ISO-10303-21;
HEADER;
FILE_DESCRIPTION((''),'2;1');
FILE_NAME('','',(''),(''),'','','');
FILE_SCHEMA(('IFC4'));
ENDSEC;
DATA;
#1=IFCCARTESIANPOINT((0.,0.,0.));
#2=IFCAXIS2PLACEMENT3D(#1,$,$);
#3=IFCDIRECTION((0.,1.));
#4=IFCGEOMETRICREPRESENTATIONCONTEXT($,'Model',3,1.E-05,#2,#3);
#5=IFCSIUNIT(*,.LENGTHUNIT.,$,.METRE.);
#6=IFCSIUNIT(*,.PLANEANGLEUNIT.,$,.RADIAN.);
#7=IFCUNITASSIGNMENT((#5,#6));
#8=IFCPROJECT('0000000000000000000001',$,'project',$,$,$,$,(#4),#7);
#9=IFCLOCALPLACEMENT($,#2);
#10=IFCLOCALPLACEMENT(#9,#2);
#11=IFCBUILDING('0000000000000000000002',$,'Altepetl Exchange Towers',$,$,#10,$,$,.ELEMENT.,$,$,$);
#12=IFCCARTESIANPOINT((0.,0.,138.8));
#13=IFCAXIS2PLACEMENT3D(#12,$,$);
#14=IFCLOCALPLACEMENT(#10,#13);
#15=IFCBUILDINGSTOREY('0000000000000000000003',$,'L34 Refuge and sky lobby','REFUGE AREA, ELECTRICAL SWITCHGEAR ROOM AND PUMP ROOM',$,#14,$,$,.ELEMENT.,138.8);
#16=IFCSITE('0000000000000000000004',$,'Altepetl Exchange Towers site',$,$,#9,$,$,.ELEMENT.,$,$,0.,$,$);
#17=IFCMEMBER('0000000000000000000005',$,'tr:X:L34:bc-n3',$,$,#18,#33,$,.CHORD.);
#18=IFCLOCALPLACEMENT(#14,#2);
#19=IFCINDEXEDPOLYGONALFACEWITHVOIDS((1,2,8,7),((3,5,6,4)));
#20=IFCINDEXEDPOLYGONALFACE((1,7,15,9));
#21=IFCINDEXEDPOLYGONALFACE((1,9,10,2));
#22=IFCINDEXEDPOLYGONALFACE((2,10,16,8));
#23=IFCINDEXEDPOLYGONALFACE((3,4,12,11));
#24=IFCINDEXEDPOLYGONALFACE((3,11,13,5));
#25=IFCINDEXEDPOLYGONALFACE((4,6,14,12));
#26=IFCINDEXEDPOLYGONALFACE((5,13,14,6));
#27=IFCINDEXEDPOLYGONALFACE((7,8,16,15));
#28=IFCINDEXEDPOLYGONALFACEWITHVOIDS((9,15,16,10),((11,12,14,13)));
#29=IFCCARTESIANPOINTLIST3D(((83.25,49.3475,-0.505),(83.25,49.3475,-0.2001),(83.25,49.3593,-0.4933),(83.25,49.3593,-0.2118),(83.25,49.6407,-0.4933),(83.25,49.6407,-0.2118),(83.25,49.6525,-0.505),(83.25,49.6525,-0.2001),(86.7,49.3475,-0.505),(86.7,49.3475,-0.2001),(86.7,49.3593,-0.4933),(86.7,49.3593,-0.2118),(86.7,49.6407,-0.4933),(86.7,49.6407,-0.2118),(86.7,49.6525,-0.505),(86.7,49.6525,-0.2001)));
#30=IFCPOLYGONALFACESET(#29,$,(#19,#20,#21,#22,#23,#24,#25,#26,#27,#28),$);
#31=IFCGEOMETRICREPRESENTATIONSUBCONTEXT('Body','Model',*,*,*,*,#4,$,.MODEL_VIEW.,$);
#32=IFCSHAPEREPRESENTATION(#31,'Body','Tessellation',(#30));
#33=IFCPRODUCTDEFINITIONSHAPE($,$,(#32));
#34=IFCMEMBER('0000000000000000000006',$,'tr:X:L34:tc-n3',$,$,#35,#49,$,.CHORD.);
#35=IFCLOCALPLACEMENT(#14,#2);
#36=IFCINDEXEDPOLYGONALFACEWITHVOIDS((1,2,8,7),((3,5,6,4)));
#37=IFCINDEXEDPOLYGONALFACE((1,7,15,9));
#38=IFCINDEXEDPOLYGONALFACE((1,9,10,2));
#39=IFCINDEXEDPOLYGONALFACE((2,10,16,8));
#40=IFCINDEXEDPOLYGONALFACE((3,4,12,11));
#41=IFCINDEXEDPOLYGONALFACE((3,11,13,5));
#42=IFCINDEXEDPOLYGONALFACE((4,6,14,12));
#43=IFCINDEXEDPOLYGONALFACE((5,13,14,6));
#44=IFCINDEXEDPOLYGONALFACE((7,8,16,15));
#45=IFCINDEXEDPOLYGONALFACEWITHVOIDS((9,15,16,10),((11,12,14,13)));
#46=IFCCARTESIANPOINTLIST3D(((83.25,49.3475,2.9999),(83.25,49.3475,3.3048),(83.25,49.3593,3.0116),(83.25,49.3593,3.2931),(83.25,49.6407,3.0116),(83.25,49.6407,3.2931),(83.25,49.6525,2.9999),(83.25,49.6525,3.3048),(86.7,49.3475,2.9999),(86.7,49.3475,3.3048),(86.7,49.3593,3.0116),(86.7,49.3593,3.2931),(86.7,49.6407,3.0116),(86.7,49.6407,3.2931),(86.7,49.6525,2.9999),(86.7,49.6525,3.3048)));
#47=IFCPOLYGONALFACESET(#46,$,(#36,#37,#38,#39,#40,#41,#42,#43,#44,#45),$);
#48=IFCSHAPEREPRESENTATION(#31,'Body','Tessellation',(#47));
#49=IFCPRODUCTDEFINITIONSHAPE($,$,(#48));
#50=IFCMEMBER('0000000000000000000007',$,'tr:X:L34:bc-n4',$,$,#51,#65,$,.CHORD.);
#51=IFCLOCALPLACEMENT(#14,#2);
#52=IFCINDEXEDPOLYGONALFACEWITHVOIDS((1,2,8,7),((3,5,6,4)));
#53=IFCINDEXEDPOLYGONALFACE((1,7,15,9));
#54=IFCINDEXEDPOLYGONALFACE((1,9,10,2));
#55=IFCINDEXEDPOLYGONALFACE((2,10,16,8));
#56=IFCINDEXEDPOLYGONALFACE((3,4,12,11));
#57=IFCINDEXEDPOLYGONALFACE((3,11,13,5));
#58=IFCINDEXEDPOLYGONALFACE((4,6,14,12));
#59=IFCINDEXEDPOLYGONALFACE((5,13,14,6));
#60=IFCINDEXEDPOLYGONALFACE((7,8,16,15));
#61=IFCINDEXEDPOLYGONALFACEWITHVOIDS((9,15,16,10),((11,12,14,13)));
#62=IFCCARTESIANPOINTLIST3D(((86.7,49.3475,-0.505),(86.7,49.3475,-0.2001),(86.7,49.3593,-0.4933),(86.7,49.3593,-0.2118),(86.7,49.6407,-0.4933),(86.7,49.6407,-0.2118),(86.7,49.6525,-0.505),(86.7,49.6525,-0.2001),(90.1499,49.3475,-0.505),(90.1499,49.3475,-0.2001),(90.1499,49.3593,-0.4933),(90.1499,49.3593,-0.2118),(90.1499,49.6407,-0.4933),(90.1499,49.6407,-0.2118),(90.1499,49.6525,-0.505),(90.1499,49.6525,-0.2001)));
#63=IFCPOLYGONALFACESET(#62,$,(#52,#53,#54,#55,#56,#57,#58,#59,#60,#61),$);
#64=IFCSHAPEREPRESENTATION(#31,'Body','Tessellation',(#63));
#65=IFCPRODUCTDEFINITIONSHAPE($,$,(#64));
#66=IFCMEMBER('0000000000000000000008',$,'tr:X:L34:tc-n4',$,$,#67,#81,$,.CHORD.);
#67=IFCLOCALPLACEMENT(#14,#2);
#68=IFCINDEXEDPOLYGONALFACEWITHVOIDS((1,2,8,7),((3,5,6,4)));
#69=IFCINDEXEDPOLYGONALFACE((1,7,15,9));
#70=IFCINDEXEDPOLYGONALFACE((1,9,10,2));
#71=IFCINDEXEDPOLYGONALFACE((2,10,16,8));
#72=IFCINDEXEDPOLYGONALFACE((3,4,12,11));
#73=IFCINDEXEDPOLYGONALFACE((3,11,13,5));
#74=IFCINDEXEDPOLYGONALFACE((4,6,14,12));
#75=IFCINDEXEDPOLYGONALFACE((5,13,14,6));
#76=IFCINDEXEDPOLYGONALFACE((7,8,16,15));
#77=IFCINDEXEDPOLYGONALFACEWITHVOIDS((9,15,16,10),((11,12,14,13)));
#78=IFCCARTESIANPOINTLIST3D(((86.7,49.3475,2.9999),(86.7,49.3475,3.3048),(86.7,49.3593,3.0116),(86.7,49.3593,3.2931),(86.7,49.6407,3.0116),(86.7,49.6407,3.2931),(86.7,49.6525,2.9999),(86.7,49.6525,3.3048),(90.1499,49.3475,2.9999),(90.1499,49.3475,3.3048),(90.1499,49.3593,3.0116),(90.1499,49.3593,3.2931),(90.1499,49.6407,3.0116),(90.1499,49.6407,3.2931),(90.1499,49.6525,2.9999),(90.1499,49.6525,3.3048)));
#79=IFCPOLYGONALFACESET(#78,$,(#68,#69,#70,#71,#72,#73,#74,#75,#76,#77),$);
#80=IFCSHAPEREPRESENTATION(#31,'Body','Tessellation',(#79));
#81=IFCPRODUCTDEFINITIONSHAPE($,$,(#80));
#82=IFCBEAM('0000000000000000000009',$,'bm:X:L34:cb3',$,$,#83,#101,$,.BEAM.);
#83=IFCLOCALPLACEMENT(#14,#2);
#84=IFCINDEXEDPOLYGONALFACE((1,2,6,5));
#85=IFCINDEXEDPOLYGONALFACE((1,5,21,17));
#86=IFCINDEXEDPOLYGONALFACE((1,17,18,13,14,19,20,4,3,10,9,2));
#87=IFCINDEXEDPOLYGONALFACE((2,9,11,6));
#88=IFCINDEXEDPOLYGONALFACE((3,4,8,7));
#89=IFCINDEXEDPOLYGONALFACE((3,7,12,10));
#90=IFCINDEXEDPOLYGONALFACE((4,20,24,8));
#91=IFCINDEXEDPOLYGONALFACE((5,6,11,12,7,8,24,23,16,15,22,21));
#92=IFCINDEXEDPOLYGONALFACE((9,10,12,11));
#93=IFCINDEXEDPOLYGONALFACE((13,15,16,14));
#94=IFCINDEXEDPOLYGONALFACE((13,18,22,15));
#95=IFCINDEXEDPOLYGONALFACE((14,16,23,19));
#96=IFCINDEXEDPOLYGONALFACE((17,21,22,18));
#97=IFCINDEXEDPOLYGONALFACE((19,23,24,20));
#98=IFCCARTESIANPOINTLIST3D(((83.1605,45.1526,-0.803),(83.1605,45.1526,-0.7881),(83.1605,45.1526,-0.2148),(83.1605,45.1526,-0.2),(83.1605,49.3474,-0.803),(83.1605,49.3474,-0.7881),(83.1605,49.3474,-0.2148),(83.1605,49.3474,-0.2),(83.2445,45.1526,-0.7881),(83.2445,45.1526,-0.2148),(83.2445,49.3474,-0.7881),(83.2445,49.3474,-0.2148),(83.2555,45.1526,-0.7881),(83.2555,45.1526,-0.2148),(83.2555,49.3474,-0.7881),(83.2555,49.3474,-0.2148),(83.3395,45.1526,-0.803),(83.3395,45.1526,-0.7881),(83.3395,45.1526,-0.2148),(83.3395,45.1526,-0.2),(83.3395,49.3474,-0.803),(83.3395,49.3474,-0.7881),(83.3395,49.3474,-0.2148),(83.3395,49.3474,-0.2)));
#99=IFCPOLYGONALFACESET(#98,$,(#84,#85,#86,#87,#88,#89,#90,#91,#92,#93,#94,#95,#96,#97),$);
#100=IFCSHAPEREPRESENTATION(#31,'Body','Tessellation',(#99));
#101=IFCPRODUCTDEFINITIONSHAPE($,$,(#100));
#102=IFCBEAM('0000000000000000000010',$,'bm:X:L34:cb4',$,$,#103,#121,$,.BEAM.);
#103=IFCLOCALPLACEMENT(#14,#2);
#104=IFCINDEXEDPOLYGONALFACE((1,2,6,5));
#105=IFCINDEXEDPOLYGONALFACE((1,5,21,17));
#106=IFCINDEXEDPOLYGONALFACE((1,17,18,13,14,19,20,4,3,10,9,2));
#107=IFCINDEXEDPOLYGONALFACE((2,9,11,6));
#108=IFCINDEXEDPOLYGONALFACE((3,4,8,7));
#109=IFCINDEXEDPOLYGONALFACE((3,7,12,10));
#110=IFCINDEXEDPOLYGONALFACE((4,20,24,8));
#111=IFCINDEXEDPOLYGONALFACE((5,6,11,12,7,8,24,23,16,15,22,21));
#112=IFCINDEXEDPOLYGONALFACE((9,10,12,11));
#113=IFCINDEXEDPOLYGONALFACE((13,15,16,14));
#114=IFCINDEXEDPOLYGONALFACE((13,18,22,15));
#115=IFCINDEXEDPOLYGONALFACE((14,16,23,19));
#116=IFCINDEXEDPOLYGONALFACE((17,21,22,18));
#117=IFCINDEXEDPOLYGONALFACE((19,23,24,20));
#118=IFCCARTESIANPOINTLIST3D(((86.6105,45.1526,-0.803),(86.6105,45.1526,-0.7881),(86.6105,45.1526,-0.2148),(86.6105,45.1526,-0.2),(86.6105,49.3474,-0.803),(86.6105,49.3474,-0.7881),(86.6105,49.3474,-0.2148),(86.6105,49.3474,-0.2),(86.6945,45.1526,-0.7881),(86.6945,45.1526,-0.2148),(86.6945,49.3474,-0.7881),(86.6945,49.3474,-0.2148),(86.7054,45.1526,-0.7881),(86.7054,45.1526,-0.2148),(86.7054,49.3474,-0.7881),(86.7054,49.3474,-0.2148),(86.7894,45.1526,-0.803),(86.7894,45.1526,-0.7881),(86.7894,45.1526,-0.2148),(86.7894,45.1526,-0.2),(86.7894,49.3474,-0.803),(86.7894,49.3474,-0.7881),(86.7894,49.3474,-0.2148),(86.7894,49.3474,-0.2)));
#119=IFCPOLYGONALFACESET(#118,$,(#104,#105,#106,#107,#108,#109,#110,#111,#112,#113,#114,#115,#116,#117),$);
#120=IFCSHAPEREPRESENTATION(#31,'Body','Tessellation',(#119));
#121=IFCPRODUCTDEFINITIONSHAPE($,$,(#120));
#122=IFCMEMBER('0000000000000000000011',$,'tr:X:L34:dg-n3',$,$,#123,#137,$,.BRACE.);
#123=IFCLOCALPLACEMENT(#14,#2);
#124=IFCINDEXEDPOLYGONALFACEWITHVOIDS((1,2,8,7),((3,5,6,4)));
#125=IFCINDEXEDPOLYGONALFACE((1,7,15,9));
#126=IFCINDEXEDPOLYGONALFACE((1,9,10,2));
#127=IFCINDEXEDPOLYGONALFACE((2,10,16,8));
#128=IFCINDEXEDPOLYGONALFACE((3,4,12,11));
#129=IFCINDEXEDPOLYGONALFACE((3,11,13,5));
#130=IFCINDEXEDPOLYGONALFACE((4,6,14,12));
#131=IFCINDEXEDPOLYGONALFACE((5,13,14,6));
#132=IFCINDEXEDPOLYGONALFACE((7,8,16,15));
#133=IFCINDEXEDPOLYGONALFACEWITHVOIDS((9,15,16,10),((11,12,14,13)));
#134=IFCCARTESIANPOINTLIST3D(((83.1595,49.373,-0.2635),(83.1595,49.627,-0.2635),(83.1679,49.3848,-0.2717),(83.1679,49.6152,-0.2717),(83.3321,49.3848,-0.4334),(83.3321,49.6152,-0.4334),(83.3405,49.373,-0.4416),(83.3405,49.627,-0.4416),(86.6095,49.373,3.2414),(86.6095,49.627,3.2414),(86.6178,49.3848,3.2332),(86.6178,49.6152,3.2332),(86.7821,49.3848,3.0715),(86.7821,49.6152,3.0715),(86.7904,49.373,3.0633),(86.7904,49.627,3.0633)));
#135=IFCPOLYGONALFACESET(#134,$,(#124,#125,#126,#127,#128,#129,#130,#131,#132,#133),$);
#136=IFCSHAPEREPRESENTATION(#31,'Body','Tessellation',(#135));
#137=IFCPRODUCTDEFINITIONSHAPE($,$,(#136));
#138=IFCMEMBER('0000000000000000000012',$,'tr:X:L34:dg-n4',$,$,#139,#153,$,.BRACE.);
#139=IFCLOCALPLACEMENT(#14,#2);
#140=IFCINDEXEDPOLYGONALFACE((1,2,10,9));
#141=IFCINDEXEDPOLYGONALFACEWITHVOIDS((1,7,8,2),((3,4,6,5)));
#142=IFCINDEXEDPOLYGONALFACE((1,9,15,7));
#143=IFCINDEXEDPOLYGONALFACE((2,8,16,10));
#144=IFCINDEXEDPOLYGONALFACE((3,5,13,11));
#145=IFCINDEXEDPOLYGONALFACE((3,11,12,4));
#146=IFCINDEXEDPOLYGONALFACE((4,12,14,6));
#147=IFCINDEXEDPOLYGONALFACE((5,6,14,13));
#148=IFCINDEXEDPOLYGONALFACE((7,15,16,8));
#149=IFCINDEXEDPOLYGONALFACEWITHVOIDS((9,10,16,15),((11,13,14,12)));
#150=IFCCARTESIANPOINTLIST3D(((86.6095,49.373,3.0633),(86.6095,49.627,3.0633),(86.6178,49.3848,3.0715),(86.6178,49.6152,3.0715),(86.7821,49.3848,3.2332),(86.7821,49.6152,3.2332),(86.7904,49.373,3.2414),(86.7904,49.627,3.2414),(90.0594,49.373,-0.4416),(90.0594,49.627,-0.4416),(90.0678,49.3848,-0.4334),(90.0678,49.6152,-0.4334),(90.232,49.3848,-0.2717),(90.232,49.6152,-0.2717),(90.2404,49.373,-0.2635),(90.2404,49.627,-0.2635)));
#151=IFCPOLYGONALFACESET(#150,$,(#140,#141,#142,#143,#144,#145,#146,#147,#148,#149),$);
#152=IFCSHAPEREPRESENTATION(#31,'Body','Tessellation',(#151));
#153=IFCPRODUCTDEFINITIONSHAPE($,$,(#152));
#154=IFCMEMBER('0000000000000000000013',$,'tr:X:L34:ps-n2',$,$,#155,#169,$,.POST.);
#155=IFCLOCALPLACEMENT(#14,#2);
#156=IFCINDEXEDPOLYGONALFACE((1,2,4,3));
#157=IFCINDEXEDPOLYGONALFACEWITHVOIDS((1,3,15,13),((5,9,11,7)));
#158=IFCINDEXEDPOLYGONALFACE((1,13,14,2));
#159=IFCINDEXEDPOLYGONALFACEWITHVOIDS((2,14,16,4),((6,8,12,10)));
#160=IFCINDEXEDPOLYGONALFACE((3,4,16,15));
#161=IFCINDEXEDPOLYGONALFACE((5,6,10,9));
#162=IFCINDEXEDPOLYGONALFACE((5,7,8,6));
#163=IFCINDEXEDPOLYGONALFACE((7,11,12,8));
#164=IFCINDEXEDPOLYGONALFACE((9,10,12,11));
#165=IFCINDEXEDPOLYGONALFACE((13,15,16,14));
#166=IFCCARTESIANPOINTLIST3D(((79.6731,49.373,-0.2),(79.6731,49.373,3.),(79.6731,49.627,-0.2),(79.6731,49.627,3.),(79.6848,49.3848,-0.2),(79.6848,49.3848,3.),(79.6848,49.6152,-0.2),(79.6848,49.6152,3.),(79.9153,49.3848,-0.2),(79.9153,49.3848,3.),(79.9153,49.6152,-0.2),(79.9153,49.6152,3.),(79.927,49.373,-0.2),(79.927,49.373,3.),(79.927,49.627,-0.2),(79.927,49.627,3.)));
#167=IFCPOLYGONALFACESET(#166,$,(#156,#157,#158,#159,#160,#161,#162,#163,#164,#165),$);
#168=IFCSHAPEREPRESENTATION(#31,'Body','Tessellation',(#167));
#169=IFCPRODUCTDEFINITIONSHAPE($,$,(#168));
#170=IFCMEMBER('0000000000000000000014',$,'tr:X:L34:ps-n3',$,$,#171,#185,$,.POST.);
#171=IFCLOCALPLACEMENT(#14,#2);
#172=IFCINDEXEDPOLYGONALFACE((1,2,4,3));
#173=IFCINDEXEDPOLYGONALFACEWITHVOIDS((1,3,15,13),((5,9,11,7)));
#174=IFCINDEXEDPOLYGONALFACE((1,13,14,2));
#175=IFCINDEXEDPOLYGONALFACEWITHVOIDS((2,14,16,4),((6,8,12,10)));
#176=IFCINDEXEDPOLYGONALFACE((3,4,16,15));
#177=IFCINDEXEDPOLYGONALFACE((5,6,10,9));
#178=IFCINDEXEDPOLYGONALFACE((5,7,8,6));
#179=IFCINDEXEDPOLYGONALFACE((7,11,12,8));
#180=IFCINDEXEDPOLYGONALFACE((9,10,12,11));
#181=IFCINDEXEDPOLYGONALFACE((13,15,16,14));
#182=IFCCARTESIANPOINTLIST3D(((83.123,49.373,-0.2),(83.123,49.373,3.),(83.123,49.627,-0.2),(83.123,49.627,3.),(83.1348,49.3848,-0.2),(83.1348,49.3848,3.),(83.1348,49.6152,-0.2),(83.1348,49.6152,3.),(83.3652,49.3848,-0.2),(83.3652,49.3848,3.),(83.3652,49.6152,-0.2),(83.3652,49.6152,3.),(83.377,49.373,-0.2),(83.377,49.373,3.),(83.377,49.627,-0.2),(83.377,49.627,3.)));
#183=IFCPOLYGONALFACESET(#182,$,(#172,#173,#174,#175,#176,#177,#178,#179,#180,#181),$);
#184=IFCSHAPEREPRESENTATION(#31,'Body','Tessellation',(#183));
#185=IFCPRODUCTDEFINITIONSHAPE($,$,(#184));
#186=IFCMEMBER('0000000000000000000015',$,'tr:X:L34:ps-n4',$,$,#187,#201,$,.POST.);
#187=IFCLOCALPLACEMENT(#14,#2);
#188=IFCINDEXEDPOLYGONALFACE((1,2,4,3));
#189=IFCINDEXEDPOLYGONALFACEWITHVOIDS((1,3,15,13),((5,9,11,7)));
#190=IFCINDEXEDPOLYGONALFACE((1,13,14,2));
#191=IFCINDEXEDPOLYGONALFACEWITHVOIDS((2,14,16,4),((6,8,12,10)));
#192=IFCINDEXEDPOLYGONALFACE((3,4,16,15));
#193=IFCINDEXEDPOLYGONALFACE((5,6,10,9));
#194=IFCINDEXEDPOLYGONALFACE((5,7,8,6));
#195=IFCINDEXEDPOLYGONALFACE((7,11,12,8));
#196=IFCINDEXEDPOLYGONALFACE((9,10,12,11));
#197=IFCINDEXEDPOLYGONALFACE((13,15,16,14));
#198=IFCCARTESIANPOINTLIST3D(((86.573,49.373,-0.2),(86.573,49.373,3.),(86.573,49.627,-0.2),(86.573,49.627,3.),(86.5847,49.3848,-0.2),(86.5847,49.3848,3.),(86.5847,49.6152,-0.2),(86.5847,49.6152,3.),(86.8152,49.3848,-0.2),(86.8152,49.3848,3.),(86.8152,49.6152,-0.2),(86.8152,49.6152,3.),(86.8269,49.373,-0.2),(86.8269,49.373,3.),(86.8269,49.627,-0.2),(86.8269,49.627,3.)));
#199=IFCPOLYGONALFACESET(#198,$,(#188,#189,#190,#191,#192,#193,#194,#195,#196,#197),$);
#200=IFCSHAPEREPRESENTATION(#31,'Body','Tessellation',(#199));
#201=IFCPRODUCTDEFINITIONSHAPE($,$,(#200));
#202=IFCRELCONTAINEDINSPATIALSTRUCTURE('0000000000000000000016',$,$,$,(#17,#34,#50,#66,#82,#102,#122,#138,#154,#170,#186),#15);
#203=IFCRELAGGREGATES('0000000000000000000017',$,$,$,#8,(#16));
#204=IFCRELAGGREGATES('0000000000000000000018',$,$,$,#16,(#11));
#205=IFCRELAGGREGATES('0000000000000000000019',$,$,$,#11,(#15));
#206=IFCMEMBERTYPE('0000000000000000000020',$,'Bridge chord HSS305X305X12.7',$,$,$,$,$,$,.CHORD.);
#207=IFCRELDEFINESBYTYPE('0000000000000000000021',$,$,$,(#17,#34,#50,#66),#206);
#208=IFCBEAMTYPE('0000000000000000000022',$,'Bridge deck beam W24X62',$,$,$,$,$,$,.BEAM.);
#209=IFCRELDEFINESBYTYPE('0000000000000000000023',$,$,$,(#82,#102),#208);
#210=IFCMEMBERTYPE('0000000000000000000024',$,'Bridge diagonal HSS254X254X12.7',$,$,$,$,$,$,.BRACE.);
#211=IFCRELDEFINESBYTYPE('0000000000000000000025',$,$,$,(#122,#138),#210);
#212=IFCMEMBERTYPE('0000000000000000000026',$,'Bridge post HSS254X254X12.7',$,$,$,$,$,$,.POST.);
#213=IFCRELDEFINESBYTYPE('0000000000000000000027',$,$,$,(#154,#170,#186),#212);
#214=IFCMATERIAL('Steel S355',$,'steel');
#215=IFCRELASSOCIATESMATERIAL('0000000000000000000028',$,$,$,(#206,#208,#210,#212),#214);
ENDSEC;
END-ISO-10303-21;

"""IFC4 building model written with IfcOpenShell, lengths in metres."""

from ifc_helpers import new_model, si_unit, direction, frame, origin, origin_2d, place, context, subcontext, project, spatial, hollow_rectangle, i_section, extrude, material, material_profile, profile_set, type_object, element, save


model = new_model("IFC4")

# Units and contexts
model_context = context("Model", 3, precision=1e-05, world=origin(), true_north=direction((0.0, 1.0)))
body_context = subcontext(model_context, "Body", "Model", "MODEL_VIEW")
ifc_project = project(units=[si_unit("LENGTHUNIT", "METRE"), si_unit("PLANEANGLEUNIT", "RADIAN")], contexts=[model_context])

# Site, building, storey
site_placement = place(None, origin())
site = spatial("IfcSite", under=ifc_project, at=site_placement, Name="Altepetl Exchange Towers site", CompositionType="ELEMENT", RefElevation=0.0)
building_placement = place(site_placement, origin())
building = spatial("IfcBuilding", under=site, at=building_placement, Name="Altepetl Exchange Towers", CompositionType="ELEMENT")
storey_placement = place(building_placement, frame((0.0, 0.0, 138.8)))
storey = spatial("IfcBuildingStorey", under=building, at=storey_placement, Name="L34 Refuge and sky lobby", Description="REFUGE AREA, ELECTRICAL SWITCHGEAR ROOM AND PUMP ROOM", CompositionType="ELEMENT", Elevation=138.8)

# Members
ifc_material_1 = material(Name="Steel S355", Category="steel")
ifc_material_profile_1 = material_profile(ifc_material_1, hollow_rectangle(XDim=0.3049, YDim=0.3049, WallThickness=0.0117, at=origin_2d()), Name="HSS305X305X12.7")
ifc_profile_set_1 = profile_set([ifc_material_profile_1], Name="Steel S355")
member_type_1 = type_object("IfcMemberType", Name="Bridge chord HSS305X305X12.7", PredefinedType="CHORD", material=ifc_profile_set_1)
for number, where, z_axis, x_axis, name in (
    (1, (83.25, 49.5, -0.3525), (1.0, 0.0, 0.0), (0.0, 1.0, 0.0), "tr:X:L34:bc-n3"),
    (2, (83.25, 49.5, 3.1523), (1.0, 0.0, 0.0), (0.0, 1.0, 0.0), "tr:X:L34:tc-n3"),
    (3, (86.7, 49.5, -0.3525), (1.0, 0.0, 0.0), (0.0, 1.0, 0.0), "tr:X:L34:bc-n4"),
    (4, (86.7, 49.5, 3.1523), (1.0, 0.0, 0.0), (0.0, 1.0, 0.0), "tr:X:L34:tc-n4"),
):
    element("IfcMember", number, at=place(storey_placement, frame(where, z_axis=z_axis, x_axis=x_axis)), inside=storey, type_object=member_type_1, Name=name, PredefinedType="CHORD", context=body_context, shape_type="SweptSolid", body=[
        extrude(hollow_rectangle(XDim=0.3049, YDim=0.3049, WallThickness=0.0117, at=origin_2d()), origin(), (0.0, 0.0, 1.0), 3.45),
    ])

# Beams
ifc_material_profile_2 = material_profile(ifc_material_1, i_section(OverallWidth=0.179, OverallDepth=0.603, WebThickness=0.011, FlangeThickness=0.0149, at=origin_2d()), Name="W24X62")
ifc_profile_set_2 = profile_set([ifc_material_profile_2], Name="Steel S355")
beam_type = type_object("IfcBeamType", Name="Bridge deck beam W24X62", PredefinedType="BEAM", material=ifc_profile_set_2)
for number, where, z_axis, x_axis, name in (
    (5, (83.25, 45.1526, -0.5015), (0.0, 1.0, 0.0), (-1.0, 0.0, 0.0), "bm:X:L34:cb3"),
    (6, (86.7, 45.1526, -0.5015), (0.0, 1.0, 0.0), (-1.0, 0.0, 0.0), "bm:X:L34:cb4"),
):
    element("IfcBeam", number, at=place(storey_placement, frame(where, z_axis=z_axis, x_axis=x_axis)), inside=storey, type_object=beam_type, Name=name, PredefinedType="BEAM", context=body_context, shape_type="SweptSolid", body=[
        extrude(i_section(OverallWidth=0.179, OverallDepth=0.603, WebThickness=0.011, FlangeThickness=0.0149, at=origin_2d()), origin(), (0.0, 0.0, 1.0), 4.1948),
    ])

# Members
ifc_material_profile_3 = material_profile(ifc_material_1, hollow_rectangle(XDim=0.2539, YDim=0.2539, WallThickness=0.0117, at=origin_2d()), Name="HSS254X254X12.7")
ifc_profile_set_3 = profile_set([ifc_material_profile_3], Name="Steel S355")
member_type_2 = type_object("IfcMemberType", Name="Bridge diagonal HSS254X254X12.7", PredefinedType="BRACE", material=ifc_profile_set_3)
for number, where, z_axis, x_axis, name in (
    (7, (83.25, 49.5, -0.3525), (0.7015, 0.0, 0.71267), (0.0, 1.0, 0.0), "tr:X:L34:dg-n3"),
    (8, (86.7, 49.5, 3.1523), (0.7015, 0.0, -0.71267), (0.0, 1.0, 0.0), "tr:X:L34:dg-n4"),
):
    element("IfcMember", number, at=place(storey_placement, frame(where, z_axis=z_axis, x_axis=x_axis)), inside=storey, type_object=member_type_2, Name=name, PredefinedType="BRACE", context=body_context, shape_type="SweptSolid", body=[
        extrude(hollow_rectangle(XDim=0.2539, YDim=0.2539, WallThickness=0.0117, at=origin_2d()), origin(), (0.0, 0.0, 1.0), 4.918),
    ])
ifc_material_profile_4 = material_profile(ifc_material_1, hollow_rectangle(XDim=0.2539, YDim=0.2539, WallThickness=0.0117, at=origin_2d()), Name="HSS254X254X12.7")
ifc_profile_set_4 = profile_set([ifc_material_profile_4], Name="Steel S355")
member_type_3 = type_object("IfcMemberType", Name="Bridge post HSS254X254X12.7", PredefinedType="POST", material=ifc_profile_set_4)
for number, where, name in (
    (9, (79.8, 49.5, -0.2), "tr:X:L34:ps-n2"),
    (10, (83.25, 49.5, -0.2), "tr:X:L34:ps-n3"),
    (11, (86.7, 49.5, -0.2), "tr:X:L34:ps-n4"),
):
    element("IfcMember", number, at=place(storey_placement, frame(where)), inside=storey, type_object=member_type_3, Name=name, PredefinedType="POST", context=body_context, shape_type="SweptSolid", body=[
        extrude(hollow_rectangle(XDim=0.2539, YDim=0.2539, WallThickness=0.0117, at=origin_2d()), origin(), (0.0, 0.0, 1.0), 3.2),
    ])

save(model, "model.ifc")
